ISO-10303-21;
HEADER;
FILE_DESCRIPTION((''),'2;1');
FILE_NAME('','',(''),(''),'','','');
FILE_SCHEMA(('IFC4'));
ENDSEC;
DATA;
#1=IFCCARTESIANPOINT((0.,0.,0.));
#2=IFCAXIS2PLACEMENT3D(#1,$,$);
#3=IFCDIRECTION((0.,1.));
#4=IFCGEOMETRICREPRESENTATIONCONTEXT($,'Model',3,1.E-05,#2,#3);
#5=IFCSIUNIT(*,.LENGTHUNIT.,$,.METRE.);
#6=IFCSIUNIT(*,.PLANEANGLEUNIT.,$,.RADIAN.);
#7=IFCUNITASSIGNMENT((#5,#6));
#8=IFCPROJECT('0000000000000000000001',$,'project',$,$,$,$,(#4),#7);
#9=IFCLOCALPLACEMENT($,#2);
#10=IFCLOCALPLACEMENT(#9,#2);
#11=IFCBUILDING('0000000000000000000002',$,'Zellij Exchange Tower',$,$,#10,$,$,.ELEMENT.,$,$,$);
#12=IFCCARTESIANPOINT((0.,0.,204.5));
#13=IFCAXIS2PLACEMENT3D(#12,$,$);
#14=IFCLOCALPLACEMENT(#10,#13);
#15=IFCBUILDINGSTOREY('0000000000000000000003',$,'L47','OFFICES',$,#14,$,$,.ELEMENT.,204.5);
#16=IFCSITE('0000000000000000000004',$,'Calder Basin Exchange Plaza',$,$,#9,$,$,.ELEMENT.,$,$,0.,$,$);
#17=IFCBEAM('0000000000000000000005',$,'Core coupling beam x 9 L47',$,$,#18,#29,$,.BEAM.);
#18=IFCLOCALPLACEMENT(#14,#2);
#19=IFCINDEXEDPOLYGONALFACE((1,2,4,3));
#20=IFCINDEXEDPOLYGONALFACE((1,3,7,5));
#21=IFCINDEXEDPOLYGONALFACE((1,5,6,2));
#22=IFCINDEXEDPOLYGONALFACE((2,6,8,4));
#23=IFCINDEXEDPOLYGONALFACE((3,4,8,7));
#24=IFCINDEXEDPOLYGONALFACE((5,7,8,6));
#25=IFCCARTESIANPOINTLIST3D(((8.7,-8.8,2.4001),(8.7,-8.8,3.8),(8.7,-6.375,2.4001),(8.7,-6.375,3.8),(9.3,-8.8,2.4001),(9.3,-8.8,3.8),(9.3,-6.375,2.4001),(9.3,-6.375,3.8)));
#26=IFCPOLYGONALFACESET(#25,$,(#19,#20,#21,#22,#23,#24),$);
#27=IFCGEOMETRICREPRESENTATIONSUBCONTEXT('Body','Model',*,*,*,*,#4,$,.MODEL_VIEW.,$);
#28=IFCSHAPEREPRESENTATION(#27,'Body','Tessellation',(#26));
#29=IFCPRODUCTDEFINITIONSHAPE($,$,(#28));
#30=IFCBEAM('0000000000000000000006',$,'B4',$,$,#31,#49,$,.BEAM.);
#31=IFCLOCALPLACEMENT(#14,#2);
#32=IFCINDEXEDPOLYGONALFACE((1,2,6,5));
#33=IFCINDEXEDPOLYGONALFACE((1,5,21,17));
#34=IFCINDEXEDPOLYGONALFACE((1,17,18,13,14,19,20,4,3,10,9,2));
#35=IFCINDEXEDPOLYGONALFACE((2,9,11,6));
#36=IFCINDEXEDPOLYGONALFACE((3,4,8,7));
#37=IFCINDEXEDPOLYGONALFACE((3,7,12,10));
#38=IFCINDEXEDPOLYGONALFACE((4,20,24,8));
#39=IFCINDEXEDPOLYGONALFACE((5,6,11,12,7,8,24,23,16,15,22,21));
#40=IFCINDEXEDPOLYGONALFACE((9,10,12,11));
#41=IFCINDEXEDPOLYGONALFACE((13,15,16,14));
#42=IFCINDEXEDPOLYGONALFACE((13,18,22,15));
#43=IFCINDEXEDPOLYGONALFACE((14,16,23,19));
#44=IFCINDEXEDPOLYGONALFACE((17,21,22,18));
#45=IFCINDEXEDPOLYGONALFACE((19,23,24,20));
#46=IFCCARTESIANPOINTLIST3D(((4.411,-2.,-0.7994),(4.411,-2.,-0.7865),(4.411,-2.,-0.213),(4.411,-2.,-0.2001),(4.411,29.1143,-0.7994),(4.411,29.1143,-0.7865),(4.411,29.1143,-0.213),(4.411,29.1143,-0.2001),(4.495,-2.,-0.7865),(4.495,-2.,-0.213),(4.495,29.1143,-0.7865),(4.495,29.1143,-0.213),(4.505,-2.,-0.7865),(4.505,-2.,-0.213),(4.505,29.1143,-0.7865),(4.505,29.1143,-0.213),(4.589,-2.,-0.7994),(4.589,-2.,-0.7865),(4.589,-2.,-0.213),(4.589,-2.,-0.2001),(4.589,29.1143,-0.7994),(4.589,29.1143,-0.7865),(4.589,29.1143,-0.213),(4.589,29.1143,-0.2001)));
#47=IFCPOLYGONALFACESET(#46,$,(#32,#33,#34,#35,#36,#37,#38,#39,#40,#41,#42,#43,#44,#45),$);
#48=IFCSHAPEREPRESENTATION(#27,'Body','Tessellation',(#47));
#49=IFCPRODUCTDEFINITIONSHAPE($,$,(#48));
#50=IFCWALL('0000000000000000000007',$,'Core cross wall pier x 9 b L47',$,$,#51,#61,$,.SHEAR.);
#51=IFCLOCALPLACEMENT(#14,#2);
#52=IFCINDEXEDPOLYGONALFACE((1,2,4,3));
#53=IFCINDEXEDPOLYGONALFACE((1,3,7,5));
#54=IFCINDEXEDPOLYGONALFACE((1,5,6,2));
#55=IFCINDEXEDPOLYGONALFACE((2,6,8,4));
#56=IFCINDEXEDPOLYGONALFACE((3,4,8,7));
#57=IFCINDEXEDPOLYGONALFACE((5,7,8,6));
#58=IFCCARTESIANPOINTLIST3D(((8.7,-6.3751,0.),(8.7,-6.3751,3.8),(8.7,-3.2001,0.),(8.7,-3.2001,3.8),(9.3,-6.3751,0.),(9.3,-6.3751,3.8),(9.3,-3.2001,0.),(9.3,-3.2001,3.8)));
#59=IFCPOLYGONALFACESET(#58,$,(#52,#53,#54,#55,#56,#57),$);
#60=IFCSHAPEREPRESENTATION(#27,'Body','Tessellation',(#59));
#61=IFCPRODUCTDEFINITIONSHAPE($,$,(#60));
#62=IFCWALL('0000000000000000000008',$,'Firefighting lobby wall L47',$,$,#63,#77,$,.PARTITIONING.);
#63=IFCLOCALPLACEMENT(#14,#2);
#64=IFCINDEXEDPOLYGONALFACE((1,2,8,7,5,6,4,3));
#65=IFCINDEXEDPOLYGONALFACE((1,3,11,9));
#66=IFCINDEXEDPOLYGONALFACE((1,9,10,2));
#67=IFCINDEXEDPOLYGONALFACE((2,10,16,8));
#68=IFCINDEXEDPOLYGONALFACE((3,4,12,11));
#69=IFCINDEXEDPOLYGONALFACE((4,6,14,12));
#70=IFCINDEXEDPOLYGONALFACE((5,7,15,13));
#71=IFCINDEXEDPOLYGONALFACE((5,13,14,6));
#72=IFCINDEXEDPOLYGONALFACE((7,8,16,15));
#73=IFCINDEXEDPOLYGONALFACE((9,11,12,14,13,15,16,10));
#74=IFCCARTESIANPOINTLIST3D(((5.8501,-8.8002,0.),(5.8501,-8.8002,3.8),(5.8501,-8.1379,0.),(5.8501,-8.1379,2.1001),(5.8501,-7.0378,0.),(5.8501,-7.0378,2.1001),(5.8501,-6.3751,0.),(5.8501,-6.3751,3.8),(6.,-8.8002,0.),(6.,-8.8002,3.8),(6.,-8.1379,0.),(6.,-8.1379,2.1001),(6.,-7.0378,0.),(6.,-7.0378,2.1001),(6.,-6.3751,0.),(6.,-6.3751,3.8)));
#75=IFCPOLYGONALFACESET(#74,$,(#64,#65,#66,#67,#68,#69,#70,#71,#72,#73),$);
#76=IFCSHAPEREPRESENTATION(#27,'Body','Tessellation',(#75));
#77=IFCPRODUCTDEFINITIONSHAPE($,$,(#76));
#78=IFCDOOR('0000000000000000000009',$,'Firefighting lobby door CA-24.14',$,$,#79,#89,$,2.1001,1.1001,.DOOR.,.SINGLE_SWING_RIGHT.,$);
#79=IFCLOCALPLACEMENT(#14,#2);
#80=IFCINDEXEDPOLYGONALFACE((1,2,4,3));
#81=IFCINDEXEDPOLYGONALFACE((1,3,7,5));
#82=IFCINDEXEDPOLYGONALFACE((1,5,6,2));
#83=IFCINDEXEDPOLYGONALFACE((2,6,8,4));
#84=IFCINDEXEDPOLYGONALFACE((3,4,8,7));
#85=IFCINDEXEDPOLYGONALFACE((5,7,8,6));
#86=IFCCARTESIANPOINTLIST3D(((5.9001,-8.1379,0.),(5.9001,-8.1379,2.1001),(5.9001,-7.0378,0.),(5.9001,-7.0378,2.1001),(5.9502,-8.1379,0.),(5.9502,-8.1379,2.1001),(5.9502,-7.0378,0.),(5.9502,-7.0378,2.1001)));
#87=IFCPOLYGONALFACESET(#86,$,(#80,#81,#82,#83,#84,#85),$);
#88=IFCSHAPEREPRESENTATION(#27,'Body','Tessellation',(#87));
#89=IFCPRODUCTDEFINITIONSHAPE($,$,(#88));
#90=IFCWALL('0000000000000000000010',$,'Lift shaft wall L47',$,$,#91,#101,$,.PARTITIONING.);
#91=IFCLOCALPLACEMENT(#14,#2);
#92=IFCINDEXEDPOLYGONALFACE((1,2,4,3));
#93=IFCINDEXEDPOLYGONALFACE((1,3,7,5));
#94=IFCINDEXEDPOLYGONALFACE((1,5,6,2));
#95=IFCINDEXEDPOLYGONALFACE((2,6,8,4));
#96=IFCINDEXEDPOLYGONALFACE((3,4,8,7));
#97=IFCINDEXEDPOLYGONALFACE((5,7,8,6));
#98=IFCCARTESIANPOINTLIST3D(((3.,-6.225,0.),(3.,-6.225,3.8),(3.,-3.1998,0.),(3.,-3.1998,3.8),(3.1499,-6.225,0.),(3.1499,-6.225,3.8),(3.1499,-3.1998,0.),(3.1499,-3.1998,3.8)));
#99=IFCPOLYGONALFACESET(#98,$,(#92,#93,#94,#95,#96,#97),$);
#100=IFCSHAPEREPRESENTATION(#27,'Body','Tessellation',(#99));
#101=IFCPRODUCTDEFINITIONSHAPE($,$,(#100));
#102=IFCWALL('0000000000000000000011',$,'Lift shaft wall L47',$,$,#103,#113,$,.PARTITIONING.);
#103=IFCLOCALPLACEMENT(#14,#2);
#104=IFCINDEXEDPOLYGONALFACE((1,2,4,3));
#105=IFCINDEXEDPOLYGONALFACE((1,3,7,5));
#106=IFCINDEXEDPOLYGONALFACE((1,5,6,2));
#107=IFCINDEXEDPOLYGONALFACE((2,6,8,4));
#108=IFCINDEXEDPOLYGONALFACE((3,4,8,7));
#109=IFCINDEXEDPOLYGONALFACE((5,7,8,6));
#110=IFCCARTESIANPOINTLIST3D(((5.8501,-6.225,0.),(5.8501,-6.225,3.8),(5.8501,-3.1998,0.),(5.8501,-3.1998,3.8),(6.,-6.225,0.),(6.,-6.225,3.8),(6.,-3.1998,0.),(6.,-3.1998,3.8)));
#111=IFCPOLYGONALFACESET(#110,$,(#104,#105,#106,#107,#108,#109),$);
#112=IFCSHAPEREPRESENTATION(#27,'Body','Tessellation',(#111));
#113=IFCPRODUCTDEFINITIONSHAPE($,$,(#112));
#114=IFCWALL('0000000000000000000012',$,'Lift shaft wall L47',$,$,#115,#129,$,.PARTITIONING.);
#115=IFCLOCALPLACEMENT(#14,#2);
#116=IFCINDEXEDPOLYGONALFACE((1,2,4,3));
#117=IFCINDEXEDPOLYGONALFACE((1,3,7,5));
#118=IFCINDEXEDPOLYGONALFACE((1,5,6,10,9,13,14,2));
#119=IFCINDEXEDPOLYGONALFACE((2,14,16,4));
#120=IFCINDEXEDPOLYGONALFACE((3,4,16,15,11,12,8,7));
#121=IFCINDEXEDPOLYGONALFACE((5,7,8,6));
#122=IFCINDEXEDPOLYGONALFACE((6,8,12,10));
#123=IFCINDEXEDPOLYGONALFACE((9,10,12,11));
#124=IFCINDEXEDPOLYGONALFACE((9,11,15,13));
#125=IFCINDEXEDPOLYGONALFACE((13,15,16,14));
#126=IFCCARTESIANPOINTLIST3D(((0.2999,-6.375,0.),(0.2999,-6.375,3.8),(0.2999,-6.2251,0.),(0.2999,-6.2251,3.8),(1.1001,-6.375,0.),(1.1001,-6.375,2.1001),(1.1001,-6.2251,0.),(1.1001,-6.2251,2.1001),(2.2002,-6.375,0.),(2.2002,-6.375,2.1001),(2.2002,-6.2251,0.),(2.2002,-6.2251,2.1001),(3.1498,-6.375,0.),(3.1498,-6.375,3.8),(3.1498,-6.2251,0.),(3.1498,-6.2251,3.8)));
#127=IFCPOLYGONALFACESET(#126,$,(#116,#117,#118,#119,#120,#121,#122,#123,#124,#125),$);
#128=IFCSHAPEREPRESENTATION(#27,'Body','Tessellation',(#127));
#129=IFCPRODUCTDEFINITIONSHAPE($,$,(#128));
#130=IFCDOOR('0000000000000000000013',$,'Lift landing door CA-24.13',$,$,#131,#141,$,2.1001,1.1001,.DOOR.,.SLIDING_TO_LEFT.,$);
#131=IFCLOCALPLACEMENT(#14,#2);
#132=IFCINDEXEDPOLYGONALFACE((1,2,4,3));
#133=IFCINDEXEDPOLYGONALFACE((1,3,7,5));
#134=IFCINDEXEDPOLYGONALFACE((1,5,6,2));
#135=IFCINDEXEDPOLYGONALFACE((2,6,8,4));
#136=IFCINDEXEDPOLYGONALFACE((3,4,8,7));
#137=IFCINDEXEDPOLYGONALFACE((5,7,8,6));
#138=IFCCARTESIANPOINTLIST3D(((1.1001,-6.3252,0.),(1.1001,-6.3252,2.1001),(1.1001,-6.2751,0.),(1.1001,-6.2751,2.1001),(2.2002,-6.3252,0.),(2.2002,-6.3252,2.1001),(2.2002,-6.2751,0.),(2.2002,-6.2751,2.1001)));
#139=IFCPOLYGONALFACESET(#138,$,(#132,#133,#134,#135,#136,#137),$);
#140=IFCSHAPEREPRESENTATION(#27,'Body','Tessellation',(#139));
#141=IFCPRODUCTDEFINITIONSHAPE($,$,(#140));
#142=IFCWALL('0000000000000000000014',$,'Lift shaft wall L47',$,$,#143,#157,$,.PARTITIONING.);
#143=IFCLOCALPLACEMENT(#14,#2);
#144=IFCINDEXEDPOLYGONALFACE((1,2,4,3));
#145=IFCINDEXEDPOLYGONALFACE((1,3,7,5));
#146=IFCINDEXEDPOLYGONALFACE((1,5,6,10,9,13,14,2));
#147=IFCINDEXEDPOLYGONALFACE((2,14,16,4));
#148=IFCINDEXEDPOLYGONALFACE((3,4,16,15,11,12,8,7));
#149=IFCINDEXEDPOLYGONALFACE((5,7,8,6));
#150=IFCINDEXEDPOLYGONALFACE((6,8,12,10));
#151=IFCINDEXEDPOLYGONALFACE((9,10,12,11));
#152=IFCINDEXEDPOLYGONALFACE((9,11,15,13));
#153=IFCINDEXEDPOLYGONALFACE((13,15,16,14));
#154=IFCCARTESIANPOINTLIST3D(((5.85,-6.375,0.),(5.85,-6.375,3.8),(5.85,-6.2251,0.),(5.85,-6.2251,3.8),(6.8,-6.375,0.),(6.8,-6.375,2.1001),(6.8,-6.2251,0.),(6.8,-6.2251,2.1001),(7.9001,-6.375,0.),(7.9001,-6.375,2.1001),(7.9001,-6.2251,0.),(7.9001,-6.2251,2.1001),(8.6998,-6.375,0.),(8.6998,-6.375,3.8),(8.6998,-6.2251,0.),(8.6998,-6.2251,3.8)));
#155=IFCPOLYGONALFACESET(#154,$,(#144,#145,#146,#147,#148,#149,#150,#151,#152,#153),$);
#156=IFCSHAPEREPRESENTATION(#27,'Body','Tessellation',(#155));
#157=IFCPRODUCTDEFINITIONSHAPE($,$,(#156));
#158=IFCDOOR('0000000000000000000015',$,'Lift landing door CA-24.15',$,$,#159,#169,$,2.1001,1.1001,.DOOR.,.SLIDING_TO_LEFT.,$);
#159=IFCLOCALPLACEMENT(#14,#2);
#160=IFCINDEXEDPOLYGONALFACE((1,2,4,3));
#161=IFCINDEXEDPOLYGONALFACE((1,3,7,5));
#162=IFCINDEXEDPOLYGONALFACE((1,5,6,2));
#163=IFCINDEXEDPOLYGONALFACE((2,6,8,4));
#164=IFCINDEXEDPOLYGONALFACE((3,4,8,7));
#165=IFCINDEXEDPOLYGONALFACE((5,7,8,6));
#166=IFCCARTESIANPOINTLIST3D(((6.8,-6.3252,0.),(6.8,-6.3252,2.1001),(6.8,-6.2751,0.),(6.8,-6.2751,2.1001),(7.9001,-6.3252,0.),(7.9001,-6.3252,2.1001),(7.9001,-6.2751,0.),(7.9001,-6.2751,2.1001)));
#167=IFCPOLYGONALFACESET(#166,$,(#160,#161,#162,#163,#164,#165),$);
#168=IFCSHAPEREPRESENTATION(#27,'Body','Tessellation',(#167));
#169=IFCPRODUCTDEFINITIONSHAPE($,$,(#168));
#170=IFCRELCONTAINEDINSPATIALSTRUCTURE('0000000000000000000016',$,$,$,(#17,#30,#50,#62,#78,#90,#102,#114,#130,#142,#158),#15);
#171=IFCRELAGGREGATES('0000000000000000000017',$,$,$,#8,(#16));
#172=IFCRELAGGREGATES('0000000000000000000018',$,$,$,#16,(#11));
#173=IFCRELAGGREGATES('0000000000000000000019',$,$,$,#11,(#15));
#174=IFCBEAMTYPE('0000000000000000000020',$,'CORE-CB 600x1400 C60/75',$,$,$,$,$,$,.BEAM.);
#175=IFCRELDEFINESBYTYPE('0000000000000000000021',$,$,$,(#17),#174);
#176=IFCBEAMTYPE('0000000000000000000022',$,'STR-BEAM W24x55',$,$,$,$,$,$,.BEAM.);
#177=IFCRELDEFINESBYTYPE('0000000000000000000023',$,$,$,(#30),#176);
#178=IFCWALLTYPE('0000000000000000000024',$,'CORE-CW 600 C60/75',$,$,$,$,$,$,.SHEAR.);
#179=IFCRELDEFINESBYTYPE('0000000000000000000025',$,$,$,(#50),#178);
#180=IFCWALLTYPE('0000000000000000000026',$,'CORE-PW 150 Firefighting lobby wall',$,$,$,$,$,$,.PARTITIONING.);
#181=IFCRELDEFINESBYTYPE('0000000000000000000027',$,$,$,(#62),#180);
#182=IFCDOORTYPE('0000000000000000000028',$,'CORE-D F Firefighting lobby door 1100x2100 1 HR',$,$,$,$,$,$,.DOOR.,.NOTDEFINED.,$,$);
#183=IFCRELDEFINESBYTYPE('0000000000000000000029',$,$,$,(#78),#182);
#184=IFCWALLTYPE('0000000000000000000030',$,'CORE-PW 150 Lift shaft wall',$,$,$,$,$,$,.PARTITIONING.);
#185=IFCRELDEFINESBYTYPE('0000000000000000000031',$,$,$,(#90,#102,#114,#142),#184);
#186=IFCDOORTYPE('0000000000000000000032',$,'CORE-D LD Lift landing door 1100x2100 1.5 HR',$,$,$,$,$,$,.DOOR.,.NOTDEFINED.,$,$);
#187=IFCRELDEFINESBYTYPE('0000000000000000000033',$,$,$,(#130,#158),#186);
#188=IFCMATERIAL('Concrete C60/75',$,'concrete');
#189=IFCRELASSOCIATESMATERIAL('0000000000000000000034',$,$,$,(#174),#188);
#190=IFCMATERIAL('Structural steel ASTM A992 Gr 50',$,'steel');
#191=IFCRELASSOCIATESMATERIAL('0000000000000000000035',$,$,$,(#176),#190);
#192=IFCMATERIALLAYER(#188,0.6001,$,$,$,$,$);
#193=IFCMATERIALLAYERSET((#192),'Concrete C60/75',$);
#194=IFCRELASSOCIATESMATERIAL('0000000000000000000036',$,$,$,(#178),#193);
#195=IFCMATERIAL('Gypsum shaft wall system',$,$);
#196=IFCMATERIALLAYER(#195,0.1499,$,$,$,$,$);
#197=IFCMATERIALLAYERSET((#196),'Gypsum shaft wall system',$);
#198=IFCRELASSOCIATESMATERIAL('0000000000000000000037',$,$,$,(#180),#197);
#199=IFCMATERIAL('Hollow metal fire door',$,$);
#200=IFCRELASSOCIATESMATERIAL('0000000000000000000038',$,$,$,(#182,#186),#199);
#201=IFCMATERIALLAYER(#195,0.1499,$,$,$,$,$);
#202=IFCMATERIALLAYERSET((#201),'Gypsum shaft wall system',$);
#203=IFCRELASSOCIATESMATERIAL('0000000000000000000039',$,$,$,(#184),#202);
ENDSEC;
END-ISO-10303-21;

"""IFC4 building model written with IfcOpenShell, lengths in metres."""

from ifc_helpers import new_model, si_unit, direction, frame, frame_2d, origin, origin_2d, place, context, subcontext, project, spatial, rectangle, i_section, extrude, material, layer, layer_set, material_profile, profile_set, type_object, element, fill, save


model = new_model("IFC4")

# Units and contexts
model_context = context("Model", 3, precision=1e-05, world=origin(), true_north=direction((0.0, 1.0)))
body_context = subcontext(model_context, "Body", "Model", "MODEL_VIEW")
ifc_project = project(units=[si_unit("LENGTHUNIT", "METRE"), si_unit("PLANEANGLEUNIT", "RADIAN")], contexts=[model_context])

# Site, building, storey
site_placement = place(None, origin())
site = spatial("IfcSite", under=ifc_project, at=site_placement, Name="Calder Basin Exchange Plaza", CompositionType="ELEMENT", RefElevation=0.0)
building_placement = place(site_placement, origin())
building = spatial("IfcBuilding", under=site, at=building_placement, Name="Zellij Exchange Tower", CompositionType="ELEMENT")
storey_placement = place(building_placement, frame((0.0, 0.0, 204.5)))
storey = spatial("IfcBuildingStorey", under=building, at=storey_placement, Name="L47", Description="OFFICES", CompositionType="ELEMENT", Elevation=204.5)

# Beams
ifc_material_1 = material(Name="Concrete C60/75", Category="concrete")
ifc_material_profile_1 = material_profile(ifc_material_1, rectangle(XDim=0.6001, YDim=1.3999, at=origin_2d()), Name="CORE-CB 600x1400 C60/75")
ifc_profile_set_1 = profile_set([ifc_material_profile_1], Name="Concrete C60/75")
beam_type_1 = type_object("IfcBeamType", Name="CORE-CB 600x1400 C60/75", PredefinedType="BEAM", material=ifc_profile_set_1)
beam_1_placement = place(storey_placement, frame((9.0, -8.8, 3.1001), z_axis=(0.0, 1.0, 0.0), x_axis=(-1.0, 0.0, 0.0)))
element("IfcBeam", 1, at=beam_1_placement, inside=storey, type_object=beam_type_1, Name="Core coupling beam x 9 L47", PredefinedType="BEAM", context=body_context, shape_type="SweptSolid", body=[
    extrude(rectangle(XDim=0.6001, YDim=1.3999, at=origin_2d()), origin(), (0.0, 0.0, 1.0), 2.425),
])
ifc_material_2 = material(Name="Structural steel ASTM A992 Gr 50", Category="steel")
ifc_material_profile_2 = material_profile(ifc_material_2, i_section(OverallWidth=0.178, OverallDepth=0.5994, WebThickness=0.01, FlangeThickness=0.0129, at=origin_2d()), Name="W24x55")
ifc_profile_set_2 = profile_set([ifc_material_profile_2], Name="Structural steel ASTM A992 Gr 50")
beam_type_2 = type_object("IfcBeamType", Name="STR-BEAM W24x55", PredefinedType="BEAM", material=ifc_profile_set_2)
beam_2_placement = place(storey_placement, frame((4.5, -2.0, -0.4998), z_axis=(0.0, 1.0, 0.0), x_axis=(-1.0, 0.0, 0.0)))
element("IfcBeam", 2, at=beam_2_placement, inside=storey, type_object=beam_type_2, Name="B4", PredefinedType="BEAM", context=body_context, shape_type="SweptSolid", body=[
    extrude(i_section(OverallWidth=0.178, OverallDepth=0.5994, WebThickness=0.01, FlangeThickness=0.0129, at=origin_2d()), origin(), (0.0, 0.0, 1.0), 31.1143),
])

# Wall
ifc_layer_1 = layer(ifc_material_1, 0.6001)
ifc_layer_set_1 = layer_set([ifc_layer_1], Name="Concrete C60/75")
wall_type_1 = type_object("IfcWallType", Name="CORE-CW 600 C60/75", PredefinedType="SHEAR", material=ifc_layer_set_1)
wall_1_placement = place(storey_placement, frame((9.0, -6.375, 0.0), z_axis=(0.0, 0.0, 1.0), x_axis=(0.0, 1.0, 0.0)))
element("IfcWall", 3, at=wall_1_placement, inside=storey, type_object=wall_type_1, Name="Core cross wall pier x 9 b L47", PredefinedType="SHEAR", context=body_context, shape_type="SweptSolid", body=[
    extrude(rectangle(XDim=3.175, YDim=0.6001, at=frame_2d((1.5874, 0.0))), origin(), (0.0, 0.0, 1.0), 3.8),
])

# Wall, opening, door
ifc_material_3 = material(Name="Gypsum shaft wall system")
ifc_layer_2 = layer(ifc_material_3, 0.1499)
ifc_layer_set_2 = layer_set([ifc_layer_2], Name="Gypsum shaft wall system")
wall_type_2 = type_object("IfcWallType", Name="CORE-PW 150 Firefighting lobby wall", PredefinedType="PARTITIONING", material=ifc_layer_set_2)
wall_2_placement = place(storey_placement, frame((5.925, -8.8, 0.0), z_axis=(0.0, 0.0, 1.0), x_axis=(0.0, 1.0, 0.0)))
wall_2 = element("IfcWall", 4, at=wall_2_placement, inside=storey, type_object=wall_type_2, Name="Firefighting lobby wall L47", PredefinedType="PARTITIONING", context=body_context, shape_type="SweptSolid", body=[
    extrude(rectangle(XDim=2.425, YDim=0.1499, at=frame_2d((1.2124, 0.0))), origin(), (0.0, 0.0, 1.0), 3.8),
])
opening_1_placement = place(wall_2_placement, frame((0.6621, 0.0, 0.0)))
opening_1 = element("IfcOpeningElement", 5, at=opening_1_placement, cuts=wall_2, PredefinedType="OPENING", context=body_context, shape_type="SweptSolid", body=[
    extrude(rectangle(XDim=1.1001, YDim=2.1001, at=frame_2d((0.55, 1.05))), frame((0.0, 0.0869, 0.0), z_axis=(0.0, -1.0, 0.0), x_axis=(1.0, 0.0, 0.0)), (0.0, 0.0, 1.0), 0.1738),
])
ifc_material_4 = material(Name="Hollow metal fire door")
door_type_1 = type_object("IfcDoorType", Name="CORE-D F Firefighting lobby door 1100x2100 1 HR", OperationType="NOTDEFINED", PredefinedType="DOOR", material=ifc_material_4)
door_1_placement = place(opening_1_placement, origin())
door_1 = element("IfcDoor", 6, at=door_1_placement, inside=storey, type_object=door_type_1, Name="Firefighting lobby door CA-24.14", OperationType="SINGLE_SWING_RIGHT", OverallHeight=2.1001, OverallWidth=1.1001, PredefinedType="DOOR", context=body_context, shape_type="SweptSolid", body=[
    extrude(rectangle(XDim=1.1001, YDim=2.1001, at=frame_2d((0.55, 1.05))), frame((0.0, 0.0249, 0.0), z_axis=(0.0, -1.0, 0.0), x_axis=(1.0, 0.0, 0.0)), (0.0, 0.0, 1.0), 0.05),
])
fill(opening_1, door_1)

# Walls
ifc_layer_3 = layer(ifc_material_3, 0.1499)
ifc_layer_set_3 = layer_set([ifc_layer_3], Name="Gypsum shaft wall system")
wall_type_3 = type_object("IfcWallType", Name="CORE-PW 150 Lift shaft wall", PredefinedType="PARTITIONING", material=ifc_layer_set_3)
for number, where, z_axis, x_axis, name in (
    (7, (3.075, -6.2251, 0.0), (0.0, 0.0, 1.0), (0.0, 1.0, 0.0), "Lift shaft wall L47"),
    (8, (5.925, -6.2251, 0.0), (0.0, 0.0, 1.0), (0.0, 1.0, 0.0), "Lift shaft wall L47"),
):
    element("IfcWall", number, at=place(storey_placement, frame(where, z_axis=z_axis, x_axis=x_axis)), inside=storey, type_object=wall_type_3, Name=name, PredefinedType="PARTITIONING", context=body_context, shape_type="SweptSolid", body=[
        extrude(rectangle(XDim=3.0251, YDim=0.1499, at=frame_2d((1.5127, 0.0))), origin(), (0.0, 0.0, 1.0), 3.8),
    ])

# Walls, openings, doors
wall_3_placement = place(storey_placement, frame((0.3, -6.3, 0.0), z_axis=(0.0, 0.0, 1.0), x_axis=(1.0, 0.0, 0.0)))
wall_3 = element("IfcWall", 9, at=wall_3_placement, inside=storey, type_object=wall_type_3, Name="Lift shaft wall L47", PredefinedType="PARTITIONING", context=body_context, shape_type="SweptSolid", body=[
    extrude(rectangle(XDim=2.8499, YDim=0.1499, at=frame_2d((1.4248, 0.0))), origin(), (0.0, 0.0, 1.0), 3.8),
])
opening_2_placement = place(wall_3_placement, frame((0.8, 0.0, 0.0)))
opening_2 = element("IfcOpeningElement", 10, at=opening_2_placement, cuts=wall_3, PredefinedType="OPENING", context=body_context, shape_type="SweptSolid", body=[
    extrude(rectangle(XDim=1.1001, YDim=2.1001, at=frame_2d((0.55, 1.05))), frame((0.0, 0.0869, 0.0), z_axis=(0.0, -1.0, 0.0), x_axis=(1.0, 0.0, 0.0)), (0.0, 0.0, 1.0), 0.1738),
])
door_type_2 = type_object("IfcDoorType", Name="CORE-D LD Lift landing door 1100x2100 1.5 HR", OperationType="NOTDEFINED", PredefinedType="DOOR", material=ifc_material_4)
door_2_placement = place(opening_2_placement, origin())
door_2 = element("IfcDoor", 11, at=door_2_placement, inside=storey, type_object=door_type_2, Name="Lift landing door CA-24.13", OperationType="SLIDING_TO_LEFT", OverallHeight=2.1001, OverallWidth=1.1001, PredefinedType="DOOR", context=body_context, shape_type="SweptSolid", body=[
    extrude(rectangle(XDim=1.1001, YDim=2.1001, at=frame_2d((0.55, 1.05))), frame((0.0, 0.0249, 0.0), z_axis=(0.0, -1.0, 0.0), x_axis=(1.0, 0.0, 0.0)), (0.0, 0.0, 1.0), 0.05),
])
fill(opening_2, door_2)
wall_4_placement = place(storey_placement, frame((5.8501, -6.3, 0.0), z_axis=(0.0, 0.0, 1.0), x_axis=(1.0, 0.0, 0.0)))
wall_4 = element("IfcWall", 12, at=wall_4_placement, inside=storey, type_object=wall_type_3, Name="Lift shaft wall L47", PredefinedType="PARTITIONING", context=body_context, shape_type="SweptSolid", body=[
    extrude(rectangle(XDim=2.8499, YDim=0.1499, at=frame_2d((1.4248, 0.0))), origin(), (0.0, 0.0, 1.0), 3.8),
])
opening_3_placement = place(wall_4_placement, frame((0.95, 0.0, 0.0)))
opening_3 = element("IfcOpeningElement", 13, at=opening_3_placement, cuts=wall_4, PredefinedType="OPENING", context=body_context, shape_type="SweptSolid", body=[
    extrude(rectangle(XDim=1.1001, YDim=2.1001, at=frame_2d((0.55, 1.05))), frame((0.0, 0.0869, 0.0), z_axis=(0.0, -1.0, 0.0), x_axis=(1.0, 0.0, 0.0)), (0.0, 0.0, 1.0), 0.1738),
])
door_3_placement = place(opening_3_placement, origin())
door_3 = element("IfcDoor", 14, at=door_3_placement, inside=storey, type_object=door_type_2, Name="Lift landing door CA-24.15", OperationType="SLIDING_TO_LEFT", OverallHeight=2.1001, OverallWidth=1.1001, PredefinedType="DOOR", context=body_context, shape_type="SweptSolid", body=[
    extrude(rectangle(XDim=1.1001, YDim=2.1001, at=frame_2d((0.55, 1.05))), frame((0.0, 0.0249, 0.0), z_axis=(0.0, -1.0, 0.0), x_axis=(1.0, 0.0, 0.0)), (0.0, 0.0, 1.0), 0.05),
])
fill(opening_3, door_3)

save(model, "model.ifc")
